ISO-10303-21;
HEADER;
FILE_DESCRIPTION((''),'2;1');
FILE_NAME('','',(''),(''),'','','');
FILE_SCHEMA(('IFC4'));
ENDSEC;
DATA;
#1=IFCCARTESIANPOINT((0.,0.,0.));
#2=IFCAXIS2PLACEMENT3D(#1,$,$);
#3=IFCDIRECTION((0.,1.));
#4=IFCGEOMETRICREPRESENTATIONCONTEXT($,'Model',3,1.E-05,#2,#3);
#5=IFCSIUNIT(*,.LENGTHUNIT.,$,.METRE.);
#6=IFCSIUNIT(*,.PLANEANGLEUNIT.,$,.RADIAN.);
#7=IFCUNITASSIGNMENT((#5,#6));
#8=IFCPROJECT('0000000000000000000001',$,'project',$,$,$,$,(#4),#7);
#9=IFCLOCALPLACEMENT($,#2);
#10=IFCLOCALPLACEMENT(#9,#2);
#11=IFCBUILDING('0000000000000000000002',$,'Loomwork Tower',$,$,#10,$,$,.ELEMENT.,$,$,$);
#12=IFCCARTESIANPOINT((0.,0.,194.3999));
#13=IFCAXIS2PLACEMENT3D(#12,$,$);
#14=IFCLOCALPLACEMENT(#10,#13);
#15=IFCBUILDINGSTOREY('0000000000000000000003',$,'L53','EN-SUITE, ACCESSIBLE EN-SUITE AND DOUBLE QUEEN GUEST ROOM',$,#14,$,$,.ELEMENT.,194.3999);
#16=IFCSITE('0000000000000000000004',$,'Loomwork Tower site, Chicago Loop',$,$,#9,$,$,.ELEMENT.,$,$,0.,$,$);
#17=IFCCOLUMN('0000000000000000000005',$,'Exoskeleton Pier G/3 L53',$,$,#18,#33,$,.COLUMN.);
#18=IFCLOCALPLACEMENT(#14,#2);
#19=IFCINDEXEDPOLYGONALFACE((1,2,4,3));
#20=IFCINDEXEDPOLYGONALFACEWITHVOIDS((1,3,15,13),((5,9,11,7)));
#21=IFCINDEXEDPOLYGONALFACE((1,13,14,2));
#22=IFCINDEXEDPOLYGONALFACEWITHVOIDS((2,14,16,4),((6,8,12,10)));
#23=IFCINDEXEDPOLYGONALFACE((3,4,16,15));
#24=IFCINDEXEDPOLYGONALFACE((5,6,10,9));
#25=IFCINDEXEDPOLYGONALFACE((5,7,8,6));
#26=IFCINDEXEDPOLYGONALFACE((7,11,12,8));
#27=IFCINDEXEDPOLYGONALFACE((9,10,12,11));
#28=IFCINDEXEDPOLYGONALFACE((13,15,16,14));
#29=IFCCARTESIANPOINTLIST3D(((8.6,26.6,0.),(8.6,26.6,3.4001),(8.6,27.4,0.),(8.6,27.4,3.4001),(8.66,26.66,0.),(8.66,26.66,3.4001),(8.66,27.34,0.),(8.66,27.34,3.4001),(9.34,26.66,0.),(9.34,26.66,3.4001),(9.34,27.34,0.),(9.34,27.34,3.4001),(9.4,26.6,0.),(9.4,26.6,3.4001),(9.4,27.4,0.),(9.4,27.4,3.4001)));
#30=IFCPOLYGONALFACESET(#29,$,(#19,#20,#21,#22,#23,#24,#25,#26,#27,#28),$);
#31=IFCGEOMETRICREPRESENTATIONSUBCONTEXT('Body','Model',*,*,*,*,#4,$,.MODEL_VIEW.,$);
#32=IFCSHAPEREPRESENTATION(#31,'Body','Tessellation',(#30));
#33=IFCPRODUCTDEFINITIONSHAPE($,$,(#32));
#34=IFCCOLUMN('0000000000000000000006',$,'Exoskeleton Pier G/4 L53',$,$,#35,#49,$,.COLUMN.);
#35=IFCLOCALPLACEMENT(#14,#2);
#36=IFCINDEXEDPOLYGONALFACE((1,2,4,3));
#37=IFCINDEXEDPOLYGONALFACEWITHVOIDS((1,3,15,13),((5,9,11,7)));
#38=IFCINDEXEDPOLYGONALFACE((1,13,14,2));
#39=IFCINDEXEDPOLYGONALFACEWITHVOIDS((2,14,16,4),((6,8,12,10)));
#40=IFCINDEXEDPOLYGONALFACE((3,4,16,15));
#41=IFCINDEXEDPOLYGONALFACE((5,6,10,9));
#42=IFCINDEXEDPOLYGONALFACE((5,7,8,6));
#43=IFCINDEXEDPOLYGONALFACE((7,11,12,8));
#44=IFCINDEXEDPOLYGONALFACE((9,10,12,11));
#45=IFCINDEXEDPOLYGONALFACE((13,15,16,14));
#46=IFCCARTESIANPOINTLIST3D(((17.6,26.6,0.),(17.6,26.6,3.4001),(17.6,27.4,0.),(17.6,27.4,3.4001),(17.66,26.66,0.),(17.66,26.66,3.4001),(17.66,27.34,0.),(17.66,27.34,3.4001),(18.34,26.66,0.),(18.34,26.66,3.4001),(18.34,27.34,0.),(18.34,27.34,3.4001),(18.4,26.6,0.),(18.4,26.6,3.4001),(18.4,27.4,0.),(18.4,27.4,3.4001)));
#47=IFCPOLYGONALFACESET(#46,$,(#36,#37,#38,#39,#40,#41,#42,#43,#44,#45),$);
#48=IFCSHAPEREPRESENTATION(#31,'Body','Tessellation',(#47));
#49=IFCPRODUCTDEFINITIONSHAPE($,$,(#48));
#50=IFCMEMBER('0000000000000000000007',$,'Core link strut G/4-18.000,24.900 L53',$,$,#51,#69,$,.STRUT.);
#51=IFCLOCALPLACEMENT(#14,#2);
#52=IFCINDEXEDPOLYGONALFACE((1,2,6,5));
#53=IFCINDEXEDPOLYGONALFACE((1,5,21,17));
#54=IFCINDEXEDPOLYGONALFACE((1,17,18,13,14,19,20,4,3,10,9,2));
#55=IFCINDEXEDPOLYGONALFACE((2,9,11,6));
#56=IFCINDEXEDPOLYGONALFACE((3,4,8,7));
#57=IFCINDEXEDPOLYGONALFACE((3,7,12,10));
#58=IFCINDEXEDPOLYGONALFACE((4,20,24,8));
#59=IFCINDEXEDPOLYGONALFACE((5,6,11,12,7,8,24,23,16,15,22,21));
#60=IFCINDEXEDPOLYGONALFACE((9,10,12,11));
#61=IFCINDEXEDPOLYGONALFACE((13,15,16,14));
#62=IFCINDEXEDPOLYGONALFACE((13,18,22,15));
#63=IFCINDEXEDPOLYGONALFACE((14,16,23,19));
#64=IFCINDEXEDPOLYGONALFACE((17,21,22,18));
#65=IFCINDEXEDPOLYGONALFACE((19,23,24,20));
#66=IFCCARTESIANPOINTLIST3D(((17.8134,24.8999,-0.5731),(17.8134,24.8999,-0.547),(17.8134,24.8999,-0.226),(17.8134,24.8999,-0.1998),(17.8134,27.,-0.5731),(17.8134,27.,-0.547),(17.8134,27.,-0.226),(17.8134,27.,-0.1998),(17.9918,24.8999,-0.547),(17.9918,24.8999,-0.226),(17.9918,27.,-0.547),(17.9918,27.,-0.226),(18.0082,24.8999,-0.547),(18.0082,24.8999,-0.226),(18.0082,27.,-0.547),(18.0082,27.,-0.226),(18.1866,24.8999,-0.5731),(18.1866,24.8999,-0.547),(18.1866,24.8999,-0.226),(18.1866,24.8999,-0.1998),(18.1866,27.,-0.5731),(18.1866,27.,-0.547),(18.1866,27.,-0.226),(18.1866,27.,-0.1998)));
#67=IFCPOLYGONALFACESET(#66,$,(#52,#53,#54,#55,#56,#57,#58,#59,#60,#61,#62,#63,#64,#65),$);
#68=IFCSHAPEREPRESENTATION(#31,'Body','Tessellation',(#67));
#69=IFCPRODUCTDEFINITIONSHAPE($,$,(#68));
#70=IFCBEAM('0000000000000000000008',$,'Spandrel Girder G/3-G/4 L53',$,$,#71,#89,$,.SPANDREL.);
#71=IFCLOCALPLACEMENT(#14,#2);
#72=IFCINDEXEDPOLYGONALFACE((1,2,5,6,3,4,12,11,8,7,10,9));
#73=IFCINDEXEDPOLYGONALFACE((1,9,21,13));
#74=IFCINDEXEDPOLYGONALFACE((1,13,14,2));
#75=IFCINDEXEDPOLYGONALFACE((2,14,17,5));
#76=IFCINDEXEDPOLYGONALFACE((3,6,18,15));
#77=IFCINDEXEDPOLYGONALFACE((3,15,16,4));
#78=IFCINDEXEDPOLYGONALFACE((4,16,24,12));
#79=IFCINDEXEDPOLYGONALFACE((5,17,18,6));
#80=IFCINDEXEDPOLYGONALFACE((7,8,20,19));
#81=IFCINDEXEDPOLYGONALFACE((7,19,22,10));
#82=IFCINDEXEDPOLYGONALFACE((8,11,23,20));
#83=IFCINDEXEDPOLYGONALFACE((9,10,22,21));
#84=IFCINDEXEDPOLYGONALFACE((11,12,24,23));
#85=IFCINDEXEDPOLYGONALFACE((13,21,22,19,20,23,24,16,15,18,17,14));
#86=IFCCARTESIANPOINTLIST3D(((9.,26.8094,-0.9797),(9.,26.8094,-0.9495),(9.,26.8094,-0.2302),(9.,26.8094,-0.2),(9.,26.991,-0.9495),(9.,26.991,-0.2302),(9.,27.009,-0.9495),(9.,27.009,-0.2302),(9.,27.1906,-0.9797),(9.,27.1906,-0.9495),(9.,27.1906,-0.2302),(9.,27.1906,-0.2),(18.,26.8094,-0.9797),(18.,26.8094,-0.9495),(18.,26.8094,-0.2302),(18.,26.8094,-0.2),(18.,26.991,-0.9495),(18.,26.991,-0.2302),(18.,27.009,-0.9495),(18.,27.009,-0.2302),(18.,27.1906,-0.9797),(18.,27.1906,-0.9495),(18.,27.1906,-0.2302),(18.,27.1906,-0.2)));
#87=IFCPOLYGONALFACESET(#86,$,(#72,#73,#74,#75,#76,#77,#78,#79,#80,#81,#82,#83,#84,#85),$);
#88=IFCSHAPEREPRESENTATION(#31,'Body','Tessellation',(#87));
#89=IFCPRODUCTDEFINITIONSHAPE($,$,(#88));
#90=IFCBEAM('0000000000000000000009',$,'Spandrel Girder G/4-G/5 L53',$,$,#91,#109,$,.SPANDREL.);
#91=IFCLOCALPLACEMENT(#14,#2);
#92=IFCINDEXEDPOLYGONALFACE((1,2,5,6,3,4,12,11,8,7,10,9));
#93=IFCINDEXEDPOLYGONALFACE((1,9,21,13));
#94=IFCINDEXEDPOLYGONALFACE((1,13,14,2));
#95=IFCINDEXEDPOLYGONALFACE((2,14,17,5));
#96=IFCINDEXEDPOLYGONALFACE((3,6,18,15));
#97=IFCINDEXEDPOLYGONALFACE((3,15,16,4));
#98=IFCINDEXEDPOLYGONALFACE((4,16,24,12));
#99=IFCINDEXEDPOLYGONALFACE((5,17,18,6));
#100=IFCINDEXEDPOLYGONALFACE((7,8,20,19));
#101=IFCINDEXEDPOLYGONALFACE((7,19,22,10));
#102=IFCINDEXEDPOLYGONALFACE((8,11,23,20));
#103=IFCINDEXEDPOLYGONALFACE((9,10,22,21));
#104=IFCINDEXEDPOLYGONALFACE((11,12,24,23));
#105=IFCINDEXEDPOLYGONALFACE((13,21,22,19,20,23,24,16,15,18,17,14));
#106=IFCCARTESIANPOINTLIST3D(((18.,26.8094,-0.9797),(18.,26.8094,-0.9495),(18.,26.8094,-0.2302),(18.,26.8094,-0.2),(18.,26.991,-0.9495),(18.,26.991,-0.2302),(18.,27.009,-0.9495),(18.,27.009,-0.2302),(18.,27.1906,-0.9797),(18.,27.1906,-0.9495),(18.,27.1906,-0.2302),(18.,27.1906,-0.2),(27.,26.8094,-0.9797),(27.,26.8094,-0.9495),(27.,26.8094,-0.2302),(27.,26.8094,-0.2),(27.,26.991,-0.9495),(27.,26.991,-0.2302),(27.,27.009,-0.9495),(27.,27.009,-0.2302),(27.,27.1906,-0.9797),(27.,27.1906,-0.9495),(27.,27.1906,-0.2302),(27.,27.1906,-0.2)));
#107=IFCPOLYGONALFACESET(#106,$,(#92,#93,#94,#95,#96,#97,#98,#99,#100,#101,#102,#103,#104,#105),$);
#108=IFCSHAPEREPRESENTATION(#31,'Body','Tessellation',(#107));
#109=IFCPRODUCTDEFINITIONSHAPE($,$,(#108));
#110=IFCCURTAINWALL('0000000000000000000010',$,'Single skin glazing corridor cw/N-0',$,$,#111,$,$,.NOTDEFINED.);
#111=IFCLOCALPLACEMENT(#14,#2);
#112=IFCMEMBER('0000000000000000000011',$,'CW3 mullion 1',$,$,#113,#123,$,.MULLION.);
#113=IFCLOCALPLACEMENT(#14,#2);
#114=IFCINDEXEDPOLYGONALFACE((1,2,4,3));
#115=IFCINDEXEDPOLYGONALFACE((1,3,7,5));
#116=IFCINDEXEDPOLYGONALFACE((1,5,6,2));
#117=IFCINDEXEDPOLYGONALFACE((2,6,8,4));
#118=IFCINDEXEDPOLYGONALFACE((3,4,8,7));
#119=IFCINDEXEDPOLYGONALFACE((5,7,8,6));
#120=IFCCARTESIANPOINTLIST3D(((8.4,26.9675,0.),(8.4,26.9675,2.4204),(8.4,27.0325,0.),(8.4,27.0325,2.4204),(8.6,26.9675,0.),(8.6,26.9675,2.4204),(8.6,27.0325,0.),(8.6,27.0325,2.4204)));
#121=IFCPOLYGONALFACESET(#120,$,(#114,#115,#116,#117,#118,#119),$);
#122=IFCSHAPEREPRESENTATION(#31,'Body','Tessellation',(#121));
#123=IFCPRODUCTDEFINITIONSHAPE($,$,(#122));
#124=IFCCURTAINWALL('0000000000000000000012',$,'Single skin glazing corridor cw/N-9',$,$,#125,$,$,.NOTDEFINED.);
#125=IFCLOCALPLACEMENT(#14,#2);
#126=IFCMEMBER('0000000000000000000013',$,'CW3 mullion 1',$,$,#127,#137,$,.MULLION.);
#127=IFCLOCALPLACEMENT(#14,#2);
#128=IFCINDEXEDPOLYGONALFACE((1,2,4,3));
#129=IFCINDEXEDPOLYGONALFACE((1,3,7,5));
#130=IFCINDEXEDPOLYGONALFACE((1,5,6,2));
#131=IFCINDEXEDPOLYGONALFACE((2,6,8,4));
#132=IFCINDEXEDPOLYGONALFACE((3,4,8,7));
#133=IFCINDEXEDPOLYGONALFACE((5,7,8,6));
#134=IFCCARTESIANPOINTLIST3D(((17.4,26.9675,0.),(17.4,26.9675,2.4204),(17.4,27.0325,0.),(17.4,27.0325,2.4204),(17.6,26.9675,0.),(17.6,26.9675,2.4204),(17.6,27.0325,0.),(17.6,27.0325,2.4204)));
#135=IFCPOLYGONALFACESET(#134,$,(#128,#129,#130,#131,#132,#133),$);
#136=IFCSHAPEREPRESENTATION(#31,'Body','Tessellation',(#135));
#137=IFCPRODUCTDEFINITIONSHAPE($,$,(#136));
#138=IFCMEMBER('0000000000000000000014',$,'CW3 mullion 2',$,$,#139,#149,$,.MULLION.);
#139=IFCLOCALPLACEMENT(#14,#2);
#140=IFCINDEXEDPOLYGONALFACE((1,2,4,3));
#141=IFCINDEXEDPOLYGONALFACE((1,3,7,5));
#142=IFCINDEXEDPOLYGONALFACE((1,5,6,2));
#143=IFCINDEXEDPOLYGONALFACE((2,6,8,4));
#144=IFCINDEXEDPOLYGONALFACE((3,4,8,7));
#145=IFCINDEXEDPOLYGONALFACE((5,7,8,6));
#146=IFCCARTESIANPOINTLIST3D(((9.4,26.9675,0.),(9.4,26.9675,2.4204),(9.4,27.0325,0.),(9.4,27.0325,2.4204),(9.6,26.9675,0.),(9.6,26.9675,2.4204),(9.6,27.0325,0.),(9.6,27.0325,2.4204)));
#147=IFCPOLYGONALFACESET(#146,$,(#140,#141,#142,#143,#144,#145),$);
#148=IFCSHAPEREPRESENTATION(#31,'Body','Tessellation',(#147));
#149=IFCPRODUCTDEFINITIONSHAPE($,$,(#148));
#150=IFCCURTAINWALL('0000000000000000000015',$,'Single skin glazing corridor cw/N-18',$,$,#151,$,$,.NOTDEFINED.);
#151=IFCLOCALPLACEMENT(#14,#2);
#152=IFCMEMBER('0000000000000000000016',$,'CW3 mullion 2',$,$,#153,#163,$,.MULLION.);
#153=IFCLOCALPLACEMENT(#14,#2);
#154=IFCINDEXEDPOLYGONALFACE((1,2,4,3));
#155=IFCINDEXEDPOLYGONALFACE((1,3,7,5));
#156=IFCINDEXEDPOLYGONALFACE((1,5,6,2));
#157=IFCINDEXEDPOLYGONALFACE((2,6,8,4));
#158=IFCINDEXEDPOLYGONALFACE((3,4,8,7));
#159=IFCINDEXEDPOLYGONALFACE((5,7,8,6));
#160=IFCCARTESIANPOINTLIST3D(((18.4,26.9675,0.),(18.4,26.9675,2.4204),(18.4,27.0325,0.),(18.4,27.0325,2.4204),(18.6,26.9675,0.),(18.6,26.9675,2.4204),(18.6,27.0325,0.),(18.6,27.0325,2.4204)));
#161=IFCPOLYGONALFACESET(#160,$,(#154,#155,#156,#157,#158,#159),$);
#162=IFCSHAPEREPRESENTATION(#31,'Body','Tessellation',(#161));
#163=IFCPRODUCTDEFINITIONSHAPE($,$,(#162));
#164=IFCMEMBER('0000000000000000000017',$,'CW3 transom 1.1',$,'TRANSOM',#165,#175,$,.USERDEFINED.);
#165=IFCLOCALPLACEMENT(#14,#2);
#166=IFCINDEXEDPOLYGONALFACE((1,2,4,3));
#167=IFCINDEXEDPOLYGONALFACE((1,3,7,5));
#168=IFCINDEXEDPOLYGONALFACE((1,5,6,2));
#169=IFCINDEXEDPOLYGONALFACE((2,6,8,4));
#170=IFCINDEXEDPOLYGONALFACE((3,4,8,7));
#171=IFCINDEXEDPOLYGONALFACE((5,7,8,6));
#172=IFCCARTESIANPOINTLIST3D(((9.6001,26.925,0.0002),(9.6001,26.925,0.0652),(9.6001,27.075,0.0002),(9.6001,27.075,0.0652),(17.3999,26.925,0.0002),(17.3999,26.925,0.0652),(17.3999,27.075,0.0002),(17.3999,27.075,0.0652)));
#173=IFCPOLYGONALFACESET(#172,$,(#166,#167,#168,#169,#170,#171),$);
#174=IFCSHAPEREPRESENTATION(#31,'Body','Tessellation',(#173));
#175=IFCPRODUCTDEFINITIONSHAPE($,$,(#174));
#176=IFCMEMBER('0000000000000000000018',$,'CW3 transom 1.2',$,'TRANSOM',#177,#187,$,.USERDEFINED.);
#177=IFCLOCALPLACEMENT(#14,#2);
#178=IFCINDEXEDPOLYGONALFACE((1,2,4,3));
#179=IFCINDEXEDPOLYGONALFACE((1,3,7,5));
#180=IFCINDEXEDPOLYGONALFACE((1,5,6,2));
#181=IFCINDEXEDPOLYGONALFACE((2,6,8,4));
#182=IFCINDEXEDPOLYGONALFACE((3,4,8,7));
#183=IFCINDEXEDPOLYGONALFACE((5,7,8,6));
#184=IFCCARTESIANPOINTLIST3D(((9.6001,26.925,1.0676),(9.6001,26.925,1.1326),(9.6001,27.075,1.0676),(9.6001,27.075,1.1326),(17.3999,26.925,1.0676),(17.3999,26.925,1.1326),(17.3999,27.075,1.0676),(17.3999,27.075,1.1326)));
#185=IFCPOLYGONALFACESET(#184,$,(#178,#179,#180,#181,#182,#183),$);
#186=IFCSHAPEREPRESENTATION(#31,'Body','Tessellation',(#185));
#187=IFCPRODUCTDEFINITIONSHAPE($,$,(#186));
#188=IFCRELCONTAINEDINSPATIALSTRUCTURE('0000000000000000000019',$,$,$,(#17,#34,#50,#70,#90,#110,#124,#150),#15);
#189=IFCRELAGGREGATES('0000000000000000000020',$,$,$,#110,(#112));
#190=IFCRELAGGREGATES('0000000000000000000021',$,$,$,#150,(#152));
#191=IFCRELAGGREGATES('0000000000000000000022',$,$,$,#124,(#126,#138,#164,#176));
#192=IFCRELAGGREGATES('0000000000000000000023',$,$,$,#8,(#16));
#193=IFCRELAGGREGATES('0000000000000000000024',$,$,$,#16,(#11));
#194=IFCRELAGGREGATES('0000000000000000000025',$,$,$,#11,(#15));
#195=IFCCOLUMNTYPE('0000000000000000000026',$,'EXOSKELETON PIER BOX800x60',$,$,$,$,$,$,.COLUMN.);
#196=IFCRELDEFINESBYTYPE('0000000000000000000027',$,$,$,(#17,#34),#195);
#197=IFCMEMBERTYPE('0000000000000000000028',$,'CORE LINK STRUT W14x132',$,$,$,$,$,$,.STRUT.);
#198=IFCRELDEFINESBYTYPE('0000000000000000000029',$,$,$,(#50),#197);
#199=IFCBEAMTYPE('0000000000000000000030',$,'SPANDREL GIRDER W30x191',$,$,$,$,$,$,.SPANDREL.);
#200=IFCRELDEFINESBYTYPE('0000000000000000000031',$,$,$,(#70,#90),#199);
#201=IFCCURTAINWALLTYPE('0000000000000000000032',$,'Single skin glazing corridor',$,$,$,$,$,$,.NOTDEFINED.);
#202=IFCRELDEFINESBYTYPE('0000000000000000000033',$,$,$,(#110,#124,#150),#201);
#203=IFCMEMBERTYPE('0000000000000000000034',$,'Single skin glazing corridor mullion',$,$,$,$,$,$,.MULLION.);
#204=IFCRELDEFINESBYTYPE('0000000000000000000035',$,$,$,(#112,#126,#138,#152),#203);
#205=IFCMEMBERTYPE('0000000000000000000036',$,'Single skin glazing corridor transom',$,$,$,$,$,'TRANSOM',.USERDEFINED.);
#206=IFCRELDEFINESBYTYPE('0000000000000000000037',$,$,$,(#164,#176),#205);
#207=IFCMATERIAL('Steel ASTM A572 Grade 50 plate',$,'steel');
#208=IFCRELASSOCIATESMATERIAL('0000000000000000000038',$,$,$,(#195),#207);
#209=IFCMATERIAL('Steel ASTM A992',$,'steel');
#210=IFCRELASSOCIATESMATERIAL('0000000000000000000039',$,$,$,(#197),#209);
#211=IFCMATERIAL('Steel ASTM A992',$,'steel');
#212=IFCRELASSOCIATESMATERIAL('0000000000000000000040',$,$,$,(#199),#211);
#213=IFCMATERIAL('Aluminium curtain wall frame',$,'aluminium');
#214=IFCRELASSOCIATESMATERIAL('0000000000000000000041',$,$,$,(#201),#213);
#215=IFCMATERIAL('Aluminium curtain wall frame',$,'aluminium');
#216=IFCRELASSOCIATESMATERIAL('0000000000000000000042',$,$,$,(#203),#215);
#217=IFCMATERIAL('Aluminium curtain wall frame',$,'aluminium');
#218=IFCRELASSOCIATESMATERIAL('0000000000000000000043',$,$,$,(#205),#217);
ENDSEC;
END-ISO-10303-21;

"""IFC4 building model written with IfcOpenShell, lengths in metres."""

from ifc_helpers import new_model, si_unit, direction, frame, origin, origin_2d, place, context, subcontext, project, spatial, rectangle, hollow_rectangle, i_section, extrude, material, material_profile, profile_set, type_object, element, aggregate, save


model = new_model("IFC4")

# Units and contexts
model_context = context("Model", 3, precision=1e-05, world=origin(), true_north=direction((0.0, 1.0)))
body_context = subcontext(model_context, "Body", "Model", "MODEL_VIEW")
ifc_project = project(units=[si_unit("LENGTHUNIT", "METRE"), si_unit("PLANEANGLEUNIT", "RADIAN")], contexts=[model_context])

# Site, building, storey
site_placement = place(None, origin())
site = spatial("IfcSite", under=ifc_project, at=site_placement, Name="Loomwork Tower site, Chicago Loop", CompositionType="ELEMENT", RefElevation=0.0)
building_placement = place(site_placement, origin())
building = spatial("IfcBuilding", under=site, at=building_placement, Name="Loomwork Tower", CompositionType="ELEMENT")
storey_placement = place(building_placement, frame((0.0, 0.0, 194.3999)))
storey = spatial("IfcBuildingStorey", under=building, at=storey_placement, Name="L53", Description="EN-SUITE, ACCESSIBLE EN-SUITE AND DOUBLE QUEEN GUEST ROOM", CompositionType="ELEMENT", Elevation=194.3999)

# Columns
ifc_material_1 = material(Name="Steel ASTM A572 Grade 50 plate", Category="steel")
ifc_material_profile_1 = material_profile(ifc_material_1, hollow_rectangle(XDim=0.8, YDim=0.8, WallThickness=0.0601, at=origin_2d()), Name="BOX800x60")
ifc_profile_set_1 = profile_set([ifc_material_profile_1], Name="Steel ASTM A572 Grade 50 plate")
column_type = type_object("IfcColumnType", Name="EXOSKELETON PIER BOX800x60", PredefinedType="COLUMN", material=ifc_profile_set_1)
for number, where, z_axis, x_axis, name in (
    (1, (9.0, 27.0, 0.0), (0.0, 0.0, 1.0), (1.0, 0.0, 0.0), "Exoskeleton Pier G/3 L53"),
    (2, (18.0, 27.0, 0.0), (0.0, 0.0, 1.0), (1.0, 0.0, 0.0), "Exoskeleton Pier G/4 L53"),
):
    element("IfcColumn", number, at=place(storey_placement, frame(where, z_axis=z_axis, x_axis=x_axis)), inside=storey, type_object=column_type, Name=name, PredefinedType="COLUMN", context=body_context, shape_type="SweptSolid", body=[
        extrude(hollow_rectangle(XDim=0.8, YDim=0.8, WallThickness=0.0601, at=origin_2d()), origin(), (0.0, 0.0, 1.0), 3.4001),
    ])

# Member
ifc_material_2 = material(Name="Steel ASTM A992", Category="steel")
ifc_material_profile_2 = material_profile(ifc_material_2, i_section(OverallWidth=0.3733, OverallDepth=0.3733, WebThickness=0.0164, FlangeThickness=0.0261, at=origin_2d()), Name="W14x132")
ifc_profile_set_2 = profile_set([ifc_material_profile_2], Name="Steel ASTM A992")
member_type_1 = type_object("IfcMemberType", Name="CORE LINK STRUT W14x132", PredefinedType="STRUT", material=ifc_profile_set_2)
member_1_placement = place(storey_placement, frame((18.0, 27.0, -0.3865), z_axis=(0.0, -1.0, 0.0), x_axis=(1.0, 0.0, 0.0)))
element("IfcMember", 3, at=member_1_placement, inside=storey, type_object=member_type_1, Name="Core link strut G/4-18.000,24.900 L53", PredefinedType="STRUT", context=body_context, shape_type="SweptSolid", body=[
    extrude(i_section(OverallWidth=0.3733, OverallDepth=0.3733, WebThickness=0.0164, FlangeThickness=0.0261, at=origin_2d()), origin(), (0.0, 0.0, 1.0), 2.1001),
])

# Beams
ifc_material_3 = material(Name="Steel ASTM A992", Category="steel")
ifc_material_profile_3 = material_profile(ifc_material_3, i_section(OverallWidth=0.3811, OverallDepth=0.7798, WebThickness=0.0181, FlangeThickness=0.0303, at=origin_2d()), Name="W30x191")
ifc_profile_set_3 = profile_set([ifc_material_profile_3], Name="Steel ASTM A992")
beam_type = type_object("IfcBeamType", Name="SPANDREL GIRDER W30x191", PredefinedType="SPANDREL", material=ifc_profile_set_3)
for number, where, z_axis, x_axis, name in (
    (4, (9.0, 27.0, -0.5898), (1.0, 0.0, 0.0), (0.0, 1.0, 0.0), "Spandrel Girder G/3-G/4 L53"),
    (5, (18.0, 27.0, -0.5898), (1.0, 0.0, 0.0), (0.0, 1.0, 0.0), "Spandrel Girder G/4-G/5 L53"),
):
    element("IfcBeam", number, at=place(storey_placement, frame(where, z_axis=z_axis, x_axis=x_axis)), inside=storey, type_object=beam_type, Name=name, PredefinedType="SPANDREL", context=body_context, shape_type="SweptSolid", body=[
        extrude(i_section(OverallWidth=0.3811, OverallDepth=0.7798, WebThickness=0.0181, FlangeThickness=0.0303, at=origin_2d()), origin(), (0.0, 0.0, 1.0), 9.0),
    ])

# Curtain wall, member
ifc_material_4 = material(Name="Aluminium curtain wall frame", Category="aluminium")
curtain_wall_type = type_object("IfcCurtainWallType", Name="Single skin glazing corridor", PredefinedType="NOTDEFINED", material=ifc_material_4)
curtain_wall_1_placement = place(storey_placement, origin())
curtain_wall_1 = element("IfcCurtainWall", 6, at=curtain_wall_1_placement, inside=storey, type_object=curtain_wall_type, Name="Single skin glazing corridor cw/N-0", PredefinedType="NOTDEFINED")
ifc_material_5 = material(Name="Aluminium curtain wall frame", Category="aluminium")
ifc_material_profile_4 = material_profile(ifc_material_5, rectangle(XDim=0.0649, YDim=0.2, at=origin_2d()), Name="AL 65x200")
ifc_profile_set_4 = profile_set([ifc_material_profile_4], Name="Aluminium curtain wall frame")
member_type_2 = type_object("IfcMemberType", Name="Single skin glazing corridor mullion", PredefinedType="MULLION", material=ifc_profile_set_4)
member_2_placement = place(storey_placement, frame((8.5, 27.0, 0.0), z_axis=(0.0, 0.0, 1.0), x_axis=(0.0, -1.0, 0.0)))
member_2 = element("IfcMember", 7, at=member_2_placement, type_object=member_type_2, Name="CW3 mullion 1", PredefinedType="MULLION", context=body_context, shape_type="SweptSolid", body=[
    extrude(rectangle(XDim=0.0649, YDim=0.2, at=origin_2d()), origin(), (0.0, 0.0, 1.0), 2.4204),
])
aggregate(curtain_wall_1, [member_2])

# Curtain wall, members
curtain_wall_2_placement = place(storey_placement, origin())
curtain_wall_2 = element("IfcCurtainWall", 8, at=curtain_wall_2_placement, inside=storey, type_object=curtain_wall_type, Name="Single skin glazing corridor cw/N-9", PredefinedType="NOTDEFINED")
member_3_placement = place(storey_placement, frame((17.5, 27.0, 0.0), z_axis=(0.0, 0.0, 1.0), x_axis=(0.0, -1.0, 0.0)))
member_3 = element("IfcMember", 9, at=member_3_placement, type_object=member_type_2, Name="CW3 mullion 1", PredefinedType="MULLION", context=body_context, shape_type="SweptSolid", body=[
    extrude(rectangle(XDim=0.0649, YDim=0.2, at=origin_2d()), origin(), (0.0, 0.0, 1.0), 2.4204),
])
member_4_placement = place(storey_placement, frame((9.5, 27.0, 0.0), z_axis=(0.0, 0.0, 1.0), x_axis=(0.0, -1.0, 0.0)))
member_4 = element("IfcMember", 10, at=member_4_placement, type_object=member_type_2, Name="CW3 mullion 2", PredefinedType="MULLION", context=body_context, shape_type="SweptSolid", body=[
    extrude(rectangle(XDim=0.0649, YDim=0.2, at=origin_2d()), origin(), (0.0, 0.0, 1.0), 2.4204),
])

# Curtain wall, member
curtain_wall_3_placement = place(storey_placement, origin())
curtain_wall_3 = element("IfcCurtainWall", 11, at=curtain_wall_3_placement, inside=storey, type_object=curtain_wall_type, Name="Single skin glazing corridor cw/N-18", PredefinedType="NOTDEFINED")
member_5_placement = place(storey_placement, frame((18.5, 27.0, 0.0), z_axis=(0.0, 0.0, 1.0), x_axis=(0.0, -1.0, 0.0)))
member_5 = element("IfcMember", 12, at=member_5_placement, type_object=member_type_2, Name="CW3 mullion 2", PredefinedType="MULLION", context=body_context, shape_type="SweptSolid", body=[
    extrude(rectangle(XDim=0.0649, YDim=0.2, at=origin_2d()), origin(), (0.0, 0.0, 1.0), 2.4204),
])
aggregate(curtain_wall_3, [member_5])

# Members
ifc_material_6 = material(Name="Aluminium curtain wall frame", Category="aluminium")
ifc_material_profile_5 = material_profile(ifc_material_6, rectangle(XDim=0.1499, YDim=0.0649, at=origin_2d()), Name="AL 65x150")
ifc_profile_set_5 = profile_set([ifc_material_profile_5], Name="Aluminium curtain wall frame")
member_type_3 = type_object("IfcMemberType", Name="Single skin glazing corridor transom", ElementType="TRANSOM", PredefinedType="USERDEFINED", material=ifc_profile_set_5)
member_6_placement = place(storey_placement, frame((17.3999, 27.0, 0.0327), z_axis=(-1.0, 0.0, 0.0), x_axis=(0.0, -1.0, 0.0)))
member_6 = element("IfcMember", 13, at=member_6_placement, type_object=member_type_3, Name="CW3 transom 1.1", ObjectType="TRANSOM", PredefinedType="USERDEFINED", context=body_context, shape_type="SweptSolid", body=[
    extrude(rectangle(XDim=0.1499, YDim=0.0649, at=origin_2d()), origin(), (0.0, 0.0, 1.0), 7.7998),
])
member_7_placement = place(storey_placement, frame((17.3999, 27.0, 1.1001), z_axis=(-1.0, 0.0, 0.0), x_axis=(0.0, -1.0, 0.0)))
member_7 = element("IfcMember", 14, at=member_7_placement, type_object=member_type_3, Name="CW3 transom 1.2", ObjectType="TRANSOM", PredefinedType="USERDEFINED", context=body_context, shape_type="SweptSolid", body=[
    extrude(rectangle(XDim=0.1499, YDim=0.0649, at=origin_2d()), origin(), (0.0, 0.0, 1.0), 7.7998),
])

aggregate(curtain_wall_2, [member_3, member_4, member_6, member_7])

save(model, "model.ifc")
